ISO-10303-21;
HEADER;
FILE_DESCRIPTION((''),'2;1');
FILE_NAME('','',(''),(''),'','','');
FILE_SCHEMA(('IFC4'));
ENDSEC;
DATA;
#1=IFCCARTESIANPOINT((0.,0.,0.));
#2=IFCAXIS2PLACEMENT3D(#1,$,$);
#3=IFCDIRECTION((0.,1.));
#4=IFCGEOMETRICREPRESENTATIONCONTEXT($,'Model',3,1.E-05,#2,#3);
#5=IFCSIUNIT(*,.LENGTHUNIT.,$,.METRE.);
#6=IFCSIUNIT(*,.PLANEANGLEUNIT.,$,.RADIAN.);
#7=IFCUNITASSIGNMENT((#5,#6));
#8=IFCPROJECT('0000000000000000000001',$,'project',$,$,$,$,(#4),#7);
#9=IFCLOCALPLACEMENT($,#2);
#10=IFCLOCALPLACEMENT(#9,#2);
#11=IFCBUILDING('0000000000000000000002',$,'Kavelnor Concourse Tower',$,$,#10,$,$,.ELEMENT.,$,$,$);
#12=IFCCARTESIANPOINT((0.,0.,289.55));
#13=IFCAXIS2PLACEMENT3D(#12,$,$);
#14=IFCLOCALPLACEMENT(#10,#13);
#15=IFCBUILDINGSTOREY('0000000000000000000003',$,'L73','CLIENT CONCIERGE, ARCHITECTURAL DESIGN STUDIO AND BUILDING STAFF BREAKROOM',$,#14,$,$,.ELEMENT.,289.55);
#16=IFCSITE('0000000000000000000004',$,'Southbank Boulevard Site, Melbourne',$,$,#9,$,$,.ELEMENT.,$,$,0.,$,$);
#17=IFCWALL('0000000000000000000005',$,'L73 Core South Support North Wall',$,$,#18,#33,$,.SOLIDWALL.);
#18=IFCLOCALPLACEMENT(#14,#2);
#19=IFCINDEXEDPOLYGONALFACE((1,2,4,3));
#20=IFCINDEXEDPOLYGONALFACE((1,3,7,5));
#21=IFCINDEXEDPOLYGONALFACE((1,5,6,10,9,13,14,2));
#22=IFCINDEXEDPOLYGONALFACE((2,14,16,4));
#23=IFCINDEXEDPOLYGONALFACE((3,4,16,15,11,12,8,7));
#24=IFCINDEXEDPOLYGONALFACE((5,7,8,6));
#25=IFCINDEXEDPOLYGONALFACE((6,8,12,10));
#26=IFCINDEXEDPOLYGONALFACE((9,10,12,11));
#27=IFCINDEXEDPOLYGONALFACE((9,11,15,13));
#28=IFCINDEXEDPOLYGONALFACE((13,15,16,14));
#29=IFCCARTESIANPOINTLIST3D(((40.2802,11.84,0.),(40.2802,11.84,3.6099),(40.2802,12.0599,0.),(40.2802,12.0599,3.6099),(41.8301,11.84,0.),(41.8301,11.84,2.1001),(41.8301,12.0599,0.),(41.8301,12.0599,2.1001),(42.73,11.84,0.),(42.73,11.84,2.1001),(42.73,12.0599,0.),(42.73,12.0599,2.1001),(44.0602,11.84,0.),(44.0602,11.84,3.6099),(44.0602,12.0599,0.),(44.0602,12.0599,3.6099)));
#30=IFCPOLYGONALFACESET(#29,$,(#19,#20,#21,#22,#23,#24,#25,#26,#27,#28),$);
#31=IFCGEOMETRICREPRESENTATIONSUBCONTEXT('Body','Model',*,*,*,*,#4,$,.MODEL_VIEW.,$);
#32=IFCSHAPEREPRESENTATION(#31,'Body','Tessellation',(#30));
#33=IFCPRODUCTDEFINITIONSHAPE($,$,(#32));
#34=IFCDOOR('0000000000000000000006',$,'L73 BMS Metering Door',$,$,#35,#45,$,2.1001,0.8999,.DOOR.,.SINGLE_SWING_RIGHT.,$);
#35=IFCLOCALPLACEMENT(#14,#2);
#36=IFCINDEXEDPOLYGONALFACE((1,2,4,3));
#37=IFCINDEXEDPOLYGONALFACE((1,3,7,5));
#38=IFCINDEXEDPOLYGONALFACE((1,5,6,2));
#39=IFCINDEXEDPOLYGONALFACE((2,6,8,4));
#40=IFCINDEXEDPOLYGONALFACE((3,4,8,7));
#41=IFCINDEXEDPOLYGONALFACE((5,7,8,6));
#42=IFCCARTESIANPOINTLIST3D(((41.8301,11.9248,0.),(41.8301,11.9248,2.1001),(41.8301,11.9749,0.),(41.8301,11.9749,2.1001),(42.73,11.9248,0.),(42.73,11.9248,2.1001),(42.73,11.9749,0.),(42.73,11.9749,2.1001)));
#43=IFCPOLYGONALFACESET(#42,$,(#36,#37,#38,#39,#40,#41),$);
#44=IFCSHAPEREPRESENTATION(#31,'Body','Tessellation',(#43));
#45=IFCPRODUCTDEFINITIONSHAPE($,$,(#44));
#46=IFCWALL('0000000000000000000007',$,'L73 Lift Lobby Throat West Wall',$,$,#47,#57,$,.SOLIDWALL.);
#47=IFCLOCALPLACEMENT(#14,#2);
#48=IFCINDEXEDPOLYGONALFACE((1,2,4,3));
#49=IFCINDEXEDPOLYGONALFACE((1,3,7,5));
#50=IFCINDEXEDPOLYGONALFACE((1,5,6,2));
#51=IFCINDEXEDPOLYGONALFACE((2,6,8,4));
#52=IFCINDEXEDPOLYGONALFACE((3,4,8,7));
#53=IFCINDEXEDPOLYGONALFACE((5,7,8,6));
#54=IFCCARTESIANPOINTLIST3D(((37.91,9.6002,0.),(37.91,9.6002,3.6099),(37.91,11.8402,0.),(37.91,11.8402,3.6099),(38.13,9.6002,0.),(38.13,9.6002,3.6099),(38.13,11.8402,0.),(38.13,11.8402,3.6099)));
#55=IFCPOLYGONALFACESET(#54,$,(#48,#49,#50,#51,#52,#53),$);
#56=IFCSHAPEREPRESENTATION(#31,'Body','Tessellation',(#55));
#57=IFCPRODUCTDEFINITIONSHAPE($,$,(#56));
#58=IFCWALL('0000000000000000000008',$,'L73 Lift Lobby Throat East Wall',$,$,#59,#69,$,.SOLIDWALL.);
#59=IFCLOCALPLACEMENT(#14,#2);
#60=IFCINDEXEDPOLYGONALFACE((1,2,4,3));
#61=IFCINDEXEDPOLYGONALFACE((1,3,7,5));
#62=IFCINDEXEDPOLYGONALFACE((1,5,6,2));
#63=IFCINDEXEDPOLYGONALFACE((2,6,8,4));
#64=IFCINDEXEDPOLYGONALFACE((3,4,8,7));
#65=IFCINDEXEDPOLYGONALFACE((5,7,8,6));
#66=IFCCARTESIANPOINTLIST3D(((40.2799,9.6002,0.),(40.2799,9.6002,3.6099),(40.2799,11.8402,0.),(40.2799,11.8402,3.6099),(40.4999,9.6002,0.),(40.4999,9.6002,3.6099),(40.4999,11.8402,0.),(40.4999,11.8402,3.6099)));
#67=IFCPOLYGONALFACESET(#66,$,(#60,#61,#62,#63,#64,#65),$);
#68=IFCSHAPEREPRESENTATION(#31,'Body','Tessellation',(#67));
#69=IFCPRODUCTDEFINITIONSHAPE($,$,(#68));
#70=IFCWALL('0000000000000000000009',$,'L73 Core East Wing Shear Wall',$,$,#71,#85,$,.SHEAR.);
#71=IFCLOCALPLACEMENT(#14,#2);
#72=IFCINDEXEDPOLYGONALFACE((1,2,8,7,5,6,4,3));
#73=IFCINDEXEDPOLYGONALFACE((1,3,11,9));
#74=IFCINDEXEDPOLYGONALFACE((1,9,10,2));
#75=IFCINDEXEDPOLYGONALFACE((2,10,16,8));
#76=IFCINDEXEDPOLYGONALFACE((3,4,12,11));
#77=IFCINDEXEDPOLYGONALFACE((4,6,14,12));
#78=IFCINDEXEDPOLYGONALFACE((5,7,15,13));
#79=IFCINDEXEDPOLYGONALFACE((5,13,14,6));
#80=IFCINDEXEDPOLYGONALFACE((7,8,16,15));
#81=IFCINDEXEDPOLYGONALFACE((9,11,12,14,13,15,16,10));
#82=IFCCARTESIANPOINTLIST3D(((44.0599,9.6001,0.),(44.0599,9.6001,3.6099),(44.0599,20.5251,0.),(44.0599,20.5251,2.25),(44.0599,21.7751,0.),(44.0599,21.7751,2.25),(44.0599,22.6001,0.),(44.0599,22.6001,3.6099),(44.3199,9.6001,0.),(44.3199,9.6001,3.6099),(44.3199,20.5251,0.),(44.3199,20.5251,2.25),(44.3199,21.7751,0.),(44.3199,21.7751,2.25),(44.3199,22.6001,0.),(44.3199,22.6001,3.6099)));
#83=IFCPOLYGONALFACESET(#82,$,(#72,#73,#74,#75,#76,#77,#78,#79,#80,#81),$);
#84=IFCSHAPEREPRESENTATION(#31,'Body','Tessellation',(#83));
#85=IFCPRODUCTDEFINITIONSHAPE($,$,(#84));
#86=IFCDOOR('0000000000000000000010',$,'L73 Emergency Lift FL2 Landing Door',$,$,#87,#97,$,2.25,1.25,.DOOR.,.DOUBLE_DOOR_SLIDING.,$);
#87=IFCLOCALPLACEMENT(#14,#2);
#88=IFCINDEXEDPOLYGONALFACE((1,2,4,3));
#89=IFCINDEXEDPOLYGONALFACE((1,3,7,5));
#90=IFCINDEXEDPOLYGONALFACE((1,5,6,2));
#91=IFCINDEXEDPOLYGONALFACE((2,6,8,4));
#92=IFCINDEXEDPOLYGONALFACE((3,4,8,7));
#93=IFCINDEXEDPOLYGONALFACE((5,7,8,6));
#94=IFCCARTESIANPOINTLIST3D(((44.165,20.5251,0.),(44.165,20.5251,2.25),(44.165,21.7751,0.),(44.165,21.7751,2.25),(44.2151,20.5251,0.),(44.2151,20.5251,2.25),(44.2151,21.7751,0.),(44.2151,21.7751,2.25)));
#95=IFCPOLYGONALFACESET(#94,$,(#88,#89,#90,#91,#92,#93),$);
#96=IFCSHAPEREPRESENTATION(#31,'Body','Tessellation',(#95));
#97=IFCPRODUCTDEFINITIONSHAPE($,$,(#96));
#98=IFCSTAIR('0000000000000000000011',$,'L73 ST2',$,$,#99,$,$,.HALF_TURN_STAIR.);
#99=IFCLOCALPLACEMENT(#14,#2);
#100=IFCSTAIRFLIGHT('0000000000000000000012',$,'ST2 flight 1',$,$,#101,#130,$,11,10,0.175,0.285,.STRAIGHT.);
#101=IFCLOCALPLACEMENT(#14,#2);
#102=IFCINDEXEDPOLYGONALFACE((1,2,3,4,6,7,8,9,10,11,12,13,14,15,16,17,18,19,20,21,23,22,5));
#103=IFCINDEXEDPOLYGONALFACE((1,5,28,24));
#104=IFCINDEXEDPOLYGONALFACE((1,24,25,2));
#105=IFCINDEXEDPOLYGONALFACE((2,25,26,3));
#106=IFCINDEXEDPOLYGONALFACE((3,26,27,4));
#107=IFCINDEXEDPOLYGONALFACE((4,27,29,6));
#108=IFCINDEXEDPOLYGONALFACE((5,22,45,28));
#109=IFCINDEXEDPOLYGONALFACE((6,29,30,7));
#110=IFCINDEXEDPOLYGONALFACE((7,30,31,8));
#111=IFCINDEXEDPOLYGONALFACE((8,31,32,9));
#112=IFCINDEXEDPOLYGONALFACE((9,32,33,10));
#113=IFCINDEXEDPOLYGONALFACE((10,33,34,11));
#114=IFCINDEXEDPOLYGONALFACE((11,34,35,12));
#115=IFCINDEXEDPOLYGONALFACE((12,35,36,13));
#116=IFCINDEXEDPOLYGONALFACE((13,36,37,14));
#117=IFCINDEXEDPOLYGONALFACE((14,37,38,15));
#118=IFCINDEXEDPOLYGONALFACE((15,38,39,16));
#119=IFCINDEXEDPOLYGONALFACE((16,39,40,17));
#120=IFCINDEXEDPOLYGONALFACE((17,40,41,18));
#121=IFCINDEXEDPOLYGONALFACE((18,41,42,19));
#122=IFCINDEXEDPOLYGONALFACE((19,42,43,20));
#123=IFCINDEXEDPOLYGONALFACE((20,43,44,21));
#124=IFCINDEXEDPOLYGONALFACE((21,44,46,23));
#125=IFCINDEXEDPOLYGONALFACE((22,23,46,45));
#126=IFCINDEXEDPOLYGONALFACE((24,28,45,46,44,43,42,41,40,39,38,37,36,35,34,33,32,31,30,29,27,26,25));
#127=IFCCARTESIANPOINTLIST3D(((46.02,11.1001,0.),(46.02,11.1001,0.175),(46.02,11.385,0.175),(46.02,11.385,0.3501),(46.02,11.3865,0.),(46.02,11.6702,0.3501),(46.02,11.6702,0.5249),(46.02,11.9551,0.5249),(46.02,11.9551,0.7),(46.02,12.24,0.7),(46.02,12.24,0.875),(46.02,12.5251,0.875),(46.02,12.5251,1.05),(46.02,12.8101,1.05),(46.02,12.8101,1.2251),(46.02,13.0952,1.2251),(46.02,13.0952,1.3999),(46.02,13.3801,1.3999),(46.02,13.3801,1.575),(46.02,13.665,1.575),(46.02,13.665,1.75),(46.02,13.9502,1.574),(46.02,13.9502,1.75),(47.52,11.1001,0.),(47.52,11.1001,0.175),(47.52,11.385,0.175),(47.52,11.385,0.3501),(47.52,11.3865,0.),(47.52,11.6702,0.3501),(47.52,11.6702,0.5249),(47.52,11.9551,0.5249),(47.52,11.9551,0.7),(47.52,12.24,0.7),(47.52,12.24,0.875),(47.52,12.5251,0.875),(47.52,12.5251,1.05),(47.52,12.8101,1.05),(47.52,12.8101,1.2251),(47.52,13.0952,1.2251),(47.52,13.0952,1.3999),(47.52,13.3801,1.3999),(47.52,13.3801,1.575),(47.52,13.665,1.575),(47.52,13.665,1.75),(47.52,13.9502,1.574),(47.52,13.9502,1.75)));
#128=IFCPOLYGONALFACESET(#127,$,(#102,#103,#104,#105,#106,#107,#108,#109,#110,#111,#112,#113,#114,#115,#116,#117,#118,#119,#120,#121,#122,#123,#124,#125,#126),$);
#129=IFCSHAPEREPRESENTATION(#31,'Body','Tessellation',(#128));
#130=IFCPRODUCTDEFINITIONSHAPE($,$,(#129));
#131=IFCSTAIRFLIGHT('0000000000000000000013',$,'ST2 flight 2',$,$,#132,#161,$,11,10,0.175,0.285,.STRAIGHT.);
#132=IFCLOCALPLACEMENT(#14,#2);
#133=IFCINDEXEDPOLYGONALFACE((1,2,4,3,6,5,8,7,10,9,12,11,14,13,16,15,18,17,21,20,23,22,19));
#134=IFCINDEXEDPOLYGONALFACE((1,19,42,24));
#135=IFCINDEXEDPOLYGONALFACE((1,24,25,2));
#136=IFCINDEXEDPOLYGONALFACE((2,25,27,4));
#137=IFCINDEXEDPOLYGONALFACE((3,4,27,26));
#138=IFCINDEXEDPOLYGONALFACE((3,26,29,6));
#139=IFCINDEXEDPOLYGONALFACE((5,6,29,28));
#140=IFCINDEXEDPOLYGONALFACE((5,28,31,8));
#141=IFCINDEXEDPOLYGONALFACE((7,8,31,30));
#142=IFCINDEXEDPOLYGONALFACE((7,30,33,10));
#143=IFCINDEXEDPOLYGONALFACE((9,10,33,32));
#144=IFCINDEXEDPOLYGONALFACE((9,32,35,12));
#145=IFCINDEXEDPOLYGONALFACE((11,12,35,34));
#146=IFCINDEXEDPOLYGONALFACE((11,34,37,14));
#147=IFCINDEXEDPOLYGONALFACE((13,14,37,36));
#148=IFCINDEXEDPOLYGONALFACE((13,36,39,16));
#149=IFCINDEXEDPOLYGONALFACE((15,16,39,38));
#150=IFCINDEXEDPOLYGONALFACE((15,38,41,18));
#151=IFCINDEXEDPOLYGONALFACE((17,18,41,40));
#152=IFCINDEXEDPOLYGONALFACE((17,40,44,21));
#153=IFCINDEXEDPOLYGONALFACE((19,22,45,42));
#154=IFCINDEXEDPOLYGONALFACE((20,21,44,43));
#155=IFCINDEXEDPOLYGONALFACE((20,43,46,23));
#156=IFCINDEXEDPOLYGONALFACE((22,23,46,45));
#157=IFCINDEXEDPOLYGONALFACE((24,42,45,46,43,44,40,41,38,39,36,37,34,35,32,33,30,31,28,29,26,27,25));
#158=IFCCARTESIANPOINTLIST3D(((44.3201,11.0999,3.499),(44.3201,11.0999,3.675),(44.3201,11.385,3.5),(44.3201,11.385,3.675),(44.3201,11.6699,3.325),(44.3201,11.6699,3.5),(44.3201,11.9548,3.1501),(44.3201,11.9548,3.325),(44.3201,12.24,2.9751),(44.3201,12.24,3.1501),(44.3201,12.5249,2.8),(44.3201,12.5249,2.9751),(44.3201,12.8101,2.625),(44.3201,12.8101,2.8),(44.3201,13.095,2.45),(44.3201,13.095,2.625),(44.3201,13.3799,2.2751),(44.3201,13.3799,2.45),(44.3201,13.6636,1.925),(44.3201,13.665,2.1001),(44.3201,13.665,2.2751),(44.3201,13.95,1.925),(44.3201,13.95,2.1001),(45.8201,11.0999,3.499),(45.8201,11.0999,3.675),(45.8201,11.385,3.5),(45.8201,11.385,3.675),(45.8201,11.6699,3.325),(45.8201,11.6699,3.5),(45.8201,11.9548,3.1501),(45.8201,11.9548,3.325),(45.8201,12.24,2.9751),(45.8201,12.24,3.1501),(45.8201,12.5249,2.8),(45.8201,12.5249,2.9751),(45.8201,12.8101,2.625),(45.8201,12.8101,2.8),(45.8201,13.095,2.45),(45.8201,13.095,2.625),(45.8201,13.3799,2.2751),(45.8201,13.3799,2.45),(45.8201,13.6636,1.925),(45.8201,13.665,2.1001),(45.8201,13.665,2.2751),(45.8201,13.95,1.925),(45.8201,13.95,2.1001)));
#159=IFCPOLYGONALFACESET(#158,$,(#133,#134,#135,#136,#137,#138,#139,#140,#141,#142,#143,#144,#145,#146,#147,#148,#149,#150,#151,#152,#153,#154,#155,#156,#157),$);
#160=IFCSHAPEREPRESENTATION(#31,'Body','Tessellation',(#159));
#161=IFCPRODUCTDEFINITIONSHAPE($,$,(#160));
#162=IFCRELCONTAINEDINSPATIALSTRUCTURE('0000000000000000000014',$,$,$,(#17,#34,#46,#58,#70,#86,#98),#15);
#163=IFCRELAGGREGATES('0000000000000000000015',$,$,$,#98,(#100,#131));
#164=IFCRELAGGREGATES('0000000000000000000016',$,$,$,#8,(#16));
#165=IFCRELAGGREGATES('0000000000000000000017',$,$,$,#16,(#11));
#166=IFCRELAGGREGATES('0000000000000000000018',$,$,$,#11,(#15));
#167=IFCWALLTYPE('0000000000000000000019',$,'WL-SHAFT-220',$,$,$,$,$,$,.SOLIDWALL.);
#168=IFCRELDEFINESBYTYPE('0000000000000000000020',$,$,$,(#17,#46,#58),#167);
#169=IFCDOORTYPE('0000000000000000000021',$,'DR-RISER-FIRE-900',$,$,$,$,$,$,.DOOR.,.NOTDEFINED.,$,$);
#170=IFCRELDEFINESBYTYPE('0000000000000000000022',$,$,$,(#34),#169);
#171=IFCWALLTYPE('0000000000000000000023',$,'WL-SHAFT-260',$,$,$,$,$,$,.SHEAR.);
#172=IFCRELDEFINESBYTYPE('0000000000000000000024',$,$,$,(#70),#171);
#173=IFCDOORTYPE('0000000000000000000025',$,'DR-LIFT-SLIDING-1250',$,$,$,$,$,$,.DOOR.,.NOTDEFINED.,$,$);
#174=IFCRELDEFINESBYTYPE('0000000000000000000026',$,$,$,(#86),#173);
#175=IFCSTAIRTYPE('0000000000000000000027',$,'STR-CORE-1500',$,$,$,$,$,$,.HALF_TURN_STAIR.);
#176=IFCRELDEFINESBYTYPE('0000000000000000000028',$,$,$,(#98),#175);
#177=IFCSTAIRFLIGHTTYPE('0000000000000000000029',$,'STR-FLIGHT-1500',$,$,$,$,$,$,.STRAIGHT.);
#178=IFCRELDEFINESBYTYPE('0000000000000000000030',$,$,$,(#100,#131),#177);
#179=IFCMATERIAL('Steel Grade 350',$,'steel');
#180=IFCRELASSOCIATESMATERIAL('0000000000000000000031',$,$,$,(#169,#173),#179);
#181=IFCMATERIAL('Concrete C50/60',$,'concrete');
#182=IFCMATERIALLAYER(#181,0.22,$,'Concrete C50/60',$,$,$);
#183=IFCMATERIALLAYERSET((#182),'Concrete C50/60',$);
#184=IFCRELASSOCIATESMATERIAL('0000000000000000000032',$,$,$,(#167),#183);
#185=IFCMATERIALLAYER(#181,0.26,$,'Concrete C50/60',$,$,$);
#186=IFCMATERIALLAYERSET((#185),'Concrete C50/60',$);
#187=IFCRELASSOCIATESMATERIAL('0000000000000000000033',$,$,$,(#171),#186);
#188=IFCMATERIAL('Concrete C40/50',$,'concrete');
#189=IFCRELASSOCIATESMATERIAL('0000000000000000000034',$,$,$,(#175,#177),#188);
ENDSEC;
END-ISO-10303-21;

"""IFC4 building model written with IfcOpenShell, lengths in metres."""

from ifc_helpers import new_model, si_unit, direction, frame, frame_2d, origin, place, context, subcontext, project, spatial, polyline, rectangle, outline, extrude, material, layer, layer_set, type_object, element, fill, aggregate, save


model = new_model("IFC4")

# Units and contexts
model_context = context("Model", 3, precision=1e-05, world=origin(), true_north=direction((0.0, 1.0)))
body_context = subcontext(model_context, "Body", "Model", "MODEL_VIEW")
ifc_project = project(units=[si_unit("LENGTHUNIT", "METRE"), si_unit("PLANEANGLEUNIT", "RADIAN")], contexts=[model_context])

# Site, building, storey
site_placement = place(None, origin())
site = spatial("IfcSite", under=ifc_project, at=site_placement, Name="Southbank Boulevard Site, Melbourne", CompositionType="ELEMENT", RefElevation=0.0)
building_placement = place(site_placement, origin())
building = spatial("IfcBuilding", under=site, at=building_placement, Name="Kavelnor Concourse Tower", CompositionType="ELEMENT")
storey_placement = place(building_placement, frame((0.0, 0.0, 289.55)))
storey = spatial("IfcBuildingStorey", under=building, at=storey_placement, Name="L73", Description="CLIENT CONCIERGE, ARCHITECTURAL DESIGN STUDIO AND BUILDING STAFF BREAKROOM", CompositionType="ELEMENT", Elevation=289.55)

# Shared definitions
ifc_material_1 = material(Name="Steel Grade 350", Category="steel")

# Shared definitions
ifc_material_2 = material(Name="Concrete C50/60", Category="concrete")
door_type_1 = type_object("IfcDoorType", Name="DR-RISER-FIRE-900", OperationType="NOTDEFINED", PredefinedType="DOOR", material=ifc_material_1)

# Wall, opening, door
ifc_layer_1 = layer(ifc_material_2, 0.22, Name="Concrete C50/60")
ifc_layer_set_1 = layer_set([ifc_layer_1], Name="Concrete C50/60")
wall_type_1 = type_object("IfcWallType", Name="WL-SHAFT-220", PredefinedType="SOLIDWALL", material=ifc_layer_set_1)
wall_1_placement = place(storey_placement, frame((40.28, 11.95, 0.0), z_axis=(0.0, 0.0, 1.0), x_axis=(1.0, 0.0, 0.0)))
wall_1 = element("IfcWall", 1, at=wall_1_placement, inside=storey, type_object=wall_type_1, Name="L73 Core South Support North Wall", PredefinedType="SOLIDWALL", context=body_context, shape_type="SweptSolid", body=[
    extrude(rectangle(XDim=3.78, YDim=0.22, at=frame_2d((1.8901, 0.0))), origin(), (0.0, 0.0, 1.0), 3.6099),
])
opening_1_placement = place(wall_1_placement, frame((1.55, 0.0, 0.0)))
opening_1 = element("IfcOpeningElement", 2, at=opening_1_placement, cuts=wall_1, PredefinedType="OPENING", context=body_context, shape_type="SweptSolid", body=[
    extrude(rectangle(XDim=0.8999, YDim=2.1001, at=frame_2d((0.45, 1.05))), frame((0.0, 0.1201, 0.0), z_axis=(0.0, -1.0, 0.0), x_axis=(1.0, 0.0, 0.0)), (0.0, 0.0, 1.0), 0.24),
])
door_1_placement = place(opening_1_placement, origin())
door_1 = element("IfcDoor", 3, at=door_1_placement, inside=storey, type_object=door_type_1, Name="L73 BMS Metering Door", OperationType="SINGLE_SWING_RIGHT", OverallHeight=2.1001, OverallWidth=0.8999, PredefinedType="DOOR", context=body_context, shape_type="SweptSolid", body=[
    extrude(rectangle(XDim=0.8999, YDim=2.1001, at=frame_2d((0.45, 1.05))), frame((0.0, 0.0249, 0.0), z_axis=(0.0, -1.0, 0.0), x_axis=(1.0, 0.0, 0.0)), (0.0, 0.0, 1.0), 0.05),
])
fill(opening_1, door_1)

# Walls
for number, where, z_axis, x_axis, name in (
    (4, (38.02, 9.6001, 0.0), (0.0, 0.0, 1.0), (0.0, 1.0, 0.0), "L73 Lift Lobby Throat West Wall"),
    (5, (40.3899, 9.6001, 0.0), (0.0, 0.0, 1.0), (0.0, 1.0, 0.0), "L73 Lift Lobby Throat East Wall"),
):
    element("IfcWall", number, at=place(storey_placement, frame(where, z_axis=z_axis, x_axis=x_axis)), inside=storey, type_object=wall_type_1, Name=name, PredefinedType="SOLIDWALL", context=body_context, shape_type="SweptSolid", body=[
        extrude(rectangle(XDim=2.24, YDim=0.22, at=frame_2d((1.1201, 0.0))), origin(), (0.0, 0.0, 1.0), 3.6099),
    ])

# Wall, opening, door
ifc_layer_2 = layer(ifc_material_2, 0.26, Name="Concrete C50/60")
ifc_layer_set_2 = layer_set([ifc_layer_2], Name="Concrete C50/60")
wall_type_2 = type_object("IfcWallType", Name="WL-SHAFT-260", PredefinedType="SHEAR", material=ifc_layer_set_2)
wall_2_placement = place(storey_placement, frame((44.1899, 9.6001, 0.0), z_axis=(0.0, 0.0, 1.0), x_axis=(0.0, 1.0, 0.0)))
wall_2 = element("IfcWall", 6, at=wall_2_placement, inside=storey, type_object=wall_type_2, Name="L73 Core East Wing Shear Wall", PredefinedType="SHEAR", context=body_context, shape_type="SweptSolid", body=[
    extrude(rectangle(XDim=13.0, YDim=0.26, at=frame_2d((6.5, 0.0))), origin(), (0.0, 0.0, 1.0), 3.6099),
])
opening_2_placement = place(wall_2_placement, frame((10.925, 0.0, 0.0)))
opening_2 = element("IfcOpeningElement", 7, at=opening_2_placement, cuts=wall_2, PredefinedType="OPENING", context=body_context, shape_type="SweptSolid", body=[
    extrude(rectangle(XDim=1.25, YDim=2.25, at=frame_2d((0.625, 1.125))), frame((0.0, 0.1401, 0.0), z_axis=(0.0, -1.0, 0.0), x_axis=(1.0, 0.0, 0.0)), (0.0, 0.0, 1.0), 0.28),
])
door_type_2 = type_object("IfcDoorType", Name="DR-LIFT-SLIDING-1250", OperationType="NOTDEFINED", PredefinedType="DOOR", material=ifc_material_1)
door_2_placement = place(opening_2_placement, origin())
door_2 = element("IfcDoor", 8, at=door_2_placement, inside=storey, type_object=door_type_2, Name="L73 Emergency Lift FL2 Landing Door", OperationType="DOUBLE_DOOR_SLIDING", OverallHeight=2.25, OverallWidth=1.25, PredefinedType="DOOR", context=body_context, shape_type="SweptSolid", body=[
    extrude(rectangle(XDim=1.25, YDim=2.25, at=frame_2d((0.625, 1.125))), frame((0.0, 0.0249, 0.0), z_axis=(0.0, -1.0, 0.0), x_axis=(1.0, 0.0, 0.0)), (0.0, 0.0, 1.0), 0.05),
])
fill(opening_2, door_2)

# Stair, stair flights
ifc_material_3 = material(Name="Concrete C40/50", Category="concrete")
stair_type = type_object("IfcStairType", Name="STR-CORE-1500", PredefinedType="HALF_TURN_STAIR", material=ifc_material_3)
stair_placement = place(storey_placement, origin())
stair = element("IfcStair", 9, at=stair_placement, inside=storey, type_object=stair_type, Name="L73 ST2", PredefinedType="HALF_TURN_STAIR")
stair_flight_type = type_object("IfcStairFlightType", Name="STR-FLIGHT-1500", PredefinedType="STRAIGHT", material=ifc_material_3)
stair_flight_1_placement = place(storey_placement, frame((46.77, 11.1001, 0.0), z_axis=(0.0, 0.0, 1.0), x_axis=(0.0, 1.0, 0.0)))
stair_flight_1 = element("IfcStairFlight", 10, at=stair_flight_1_placement, type_object=stair_flight_type, Name="ST2 flight 1", NumberOfRisers=11, NumberOfTreads=10, PredefinedType="STRAIGHT", RiserHeight=0.175, TreadLength=0.285, context=body_context, shape_type="SweptSolid", body=[
    extrude(outline(polyline([(0.0, 0.0), (0.0, 0.175), (0.2849, 0.175), (0.2849, 0.3501), (0.5701, 0.3501), (0.5701, 0.5249), (0.855, 0.5249), (0.855, 0.7), (1.1399, 0.7), (1.1399, 0.875), (1.425, 0.875), (1.425, 1.05), (1.71, 1.05), (1.71, 1.2251), (1.9951, 1.2251), (1.9951, 1.3999), (2.28, 1.3999), (2.28, 1.575), (2.5649, 1.575), (2.5649, 1.75), (2.8501, 1.75), (2.8501, 1.925), (2.8501, 1.574), (0.2864, 0.0), (0.0, 0.0)])), frame((0.0, 0.75, 0.0), z_axis=(0.0, -1.0, 0.0), x_axis=(1.0, 0.0, 0.0)), (0.0, 0.0, 1.0), 1.5),
])
stair_flight_2_placement = place(storey_placement, frame((45.0701, 13.95, 1.925), z_axis=(0.0, 0.0, 1.0), x_axis=(0.0, -1.0, 0.0)))
stair_flight_2 = element("IfcStairFlight", 11, at=stair_flight_2_placement, type_object=stair_flight_type, Name="ST2 flight 2", NumberOfRisers=11, NumberOfTreads=10, PredefinedType="STRAIGHT", RiserHeight=0.175, TreadLength=0.285, context=body_context, shape_type="SweptSolid", body=[
    extrude(outline(polyline([(0.0, 0.0), (0.0, 0.175), (0.2849, 0.175), (0.2849, 0.3501), (0.5701, 0.3501), (0.5701, 0.5249), (0.855, 0.5249), (0.855, 0.7), (1.1399, 0.7), (1.1399, 0.875), (1.425, 0.875), (1.425, 1.05), (1.71, 1.05), (1.71, 1.2251), (1.9951, 1.2251), (1.9951, 1.3999), (2.28, 1.3999), (2.28, 1.575), (2.5649, 1.575), (2.5649, 1.75), (2.8501, 1.75), (2.8501, 1.925), (2.8501, 1.574), (0.2864, 0.0), (0.0, 0.0)])), frame((0.0, 0.75, 0.0), z_axis=(0.0, -1.0, 0.0), x_axis=(1.0, 0.0, 0.0)), (0.0, 0.0, 1.0), 1.5),
])
aggregate(stair, [stair_flight_1, stair_flight_2])

save(model, "model.ifc")
